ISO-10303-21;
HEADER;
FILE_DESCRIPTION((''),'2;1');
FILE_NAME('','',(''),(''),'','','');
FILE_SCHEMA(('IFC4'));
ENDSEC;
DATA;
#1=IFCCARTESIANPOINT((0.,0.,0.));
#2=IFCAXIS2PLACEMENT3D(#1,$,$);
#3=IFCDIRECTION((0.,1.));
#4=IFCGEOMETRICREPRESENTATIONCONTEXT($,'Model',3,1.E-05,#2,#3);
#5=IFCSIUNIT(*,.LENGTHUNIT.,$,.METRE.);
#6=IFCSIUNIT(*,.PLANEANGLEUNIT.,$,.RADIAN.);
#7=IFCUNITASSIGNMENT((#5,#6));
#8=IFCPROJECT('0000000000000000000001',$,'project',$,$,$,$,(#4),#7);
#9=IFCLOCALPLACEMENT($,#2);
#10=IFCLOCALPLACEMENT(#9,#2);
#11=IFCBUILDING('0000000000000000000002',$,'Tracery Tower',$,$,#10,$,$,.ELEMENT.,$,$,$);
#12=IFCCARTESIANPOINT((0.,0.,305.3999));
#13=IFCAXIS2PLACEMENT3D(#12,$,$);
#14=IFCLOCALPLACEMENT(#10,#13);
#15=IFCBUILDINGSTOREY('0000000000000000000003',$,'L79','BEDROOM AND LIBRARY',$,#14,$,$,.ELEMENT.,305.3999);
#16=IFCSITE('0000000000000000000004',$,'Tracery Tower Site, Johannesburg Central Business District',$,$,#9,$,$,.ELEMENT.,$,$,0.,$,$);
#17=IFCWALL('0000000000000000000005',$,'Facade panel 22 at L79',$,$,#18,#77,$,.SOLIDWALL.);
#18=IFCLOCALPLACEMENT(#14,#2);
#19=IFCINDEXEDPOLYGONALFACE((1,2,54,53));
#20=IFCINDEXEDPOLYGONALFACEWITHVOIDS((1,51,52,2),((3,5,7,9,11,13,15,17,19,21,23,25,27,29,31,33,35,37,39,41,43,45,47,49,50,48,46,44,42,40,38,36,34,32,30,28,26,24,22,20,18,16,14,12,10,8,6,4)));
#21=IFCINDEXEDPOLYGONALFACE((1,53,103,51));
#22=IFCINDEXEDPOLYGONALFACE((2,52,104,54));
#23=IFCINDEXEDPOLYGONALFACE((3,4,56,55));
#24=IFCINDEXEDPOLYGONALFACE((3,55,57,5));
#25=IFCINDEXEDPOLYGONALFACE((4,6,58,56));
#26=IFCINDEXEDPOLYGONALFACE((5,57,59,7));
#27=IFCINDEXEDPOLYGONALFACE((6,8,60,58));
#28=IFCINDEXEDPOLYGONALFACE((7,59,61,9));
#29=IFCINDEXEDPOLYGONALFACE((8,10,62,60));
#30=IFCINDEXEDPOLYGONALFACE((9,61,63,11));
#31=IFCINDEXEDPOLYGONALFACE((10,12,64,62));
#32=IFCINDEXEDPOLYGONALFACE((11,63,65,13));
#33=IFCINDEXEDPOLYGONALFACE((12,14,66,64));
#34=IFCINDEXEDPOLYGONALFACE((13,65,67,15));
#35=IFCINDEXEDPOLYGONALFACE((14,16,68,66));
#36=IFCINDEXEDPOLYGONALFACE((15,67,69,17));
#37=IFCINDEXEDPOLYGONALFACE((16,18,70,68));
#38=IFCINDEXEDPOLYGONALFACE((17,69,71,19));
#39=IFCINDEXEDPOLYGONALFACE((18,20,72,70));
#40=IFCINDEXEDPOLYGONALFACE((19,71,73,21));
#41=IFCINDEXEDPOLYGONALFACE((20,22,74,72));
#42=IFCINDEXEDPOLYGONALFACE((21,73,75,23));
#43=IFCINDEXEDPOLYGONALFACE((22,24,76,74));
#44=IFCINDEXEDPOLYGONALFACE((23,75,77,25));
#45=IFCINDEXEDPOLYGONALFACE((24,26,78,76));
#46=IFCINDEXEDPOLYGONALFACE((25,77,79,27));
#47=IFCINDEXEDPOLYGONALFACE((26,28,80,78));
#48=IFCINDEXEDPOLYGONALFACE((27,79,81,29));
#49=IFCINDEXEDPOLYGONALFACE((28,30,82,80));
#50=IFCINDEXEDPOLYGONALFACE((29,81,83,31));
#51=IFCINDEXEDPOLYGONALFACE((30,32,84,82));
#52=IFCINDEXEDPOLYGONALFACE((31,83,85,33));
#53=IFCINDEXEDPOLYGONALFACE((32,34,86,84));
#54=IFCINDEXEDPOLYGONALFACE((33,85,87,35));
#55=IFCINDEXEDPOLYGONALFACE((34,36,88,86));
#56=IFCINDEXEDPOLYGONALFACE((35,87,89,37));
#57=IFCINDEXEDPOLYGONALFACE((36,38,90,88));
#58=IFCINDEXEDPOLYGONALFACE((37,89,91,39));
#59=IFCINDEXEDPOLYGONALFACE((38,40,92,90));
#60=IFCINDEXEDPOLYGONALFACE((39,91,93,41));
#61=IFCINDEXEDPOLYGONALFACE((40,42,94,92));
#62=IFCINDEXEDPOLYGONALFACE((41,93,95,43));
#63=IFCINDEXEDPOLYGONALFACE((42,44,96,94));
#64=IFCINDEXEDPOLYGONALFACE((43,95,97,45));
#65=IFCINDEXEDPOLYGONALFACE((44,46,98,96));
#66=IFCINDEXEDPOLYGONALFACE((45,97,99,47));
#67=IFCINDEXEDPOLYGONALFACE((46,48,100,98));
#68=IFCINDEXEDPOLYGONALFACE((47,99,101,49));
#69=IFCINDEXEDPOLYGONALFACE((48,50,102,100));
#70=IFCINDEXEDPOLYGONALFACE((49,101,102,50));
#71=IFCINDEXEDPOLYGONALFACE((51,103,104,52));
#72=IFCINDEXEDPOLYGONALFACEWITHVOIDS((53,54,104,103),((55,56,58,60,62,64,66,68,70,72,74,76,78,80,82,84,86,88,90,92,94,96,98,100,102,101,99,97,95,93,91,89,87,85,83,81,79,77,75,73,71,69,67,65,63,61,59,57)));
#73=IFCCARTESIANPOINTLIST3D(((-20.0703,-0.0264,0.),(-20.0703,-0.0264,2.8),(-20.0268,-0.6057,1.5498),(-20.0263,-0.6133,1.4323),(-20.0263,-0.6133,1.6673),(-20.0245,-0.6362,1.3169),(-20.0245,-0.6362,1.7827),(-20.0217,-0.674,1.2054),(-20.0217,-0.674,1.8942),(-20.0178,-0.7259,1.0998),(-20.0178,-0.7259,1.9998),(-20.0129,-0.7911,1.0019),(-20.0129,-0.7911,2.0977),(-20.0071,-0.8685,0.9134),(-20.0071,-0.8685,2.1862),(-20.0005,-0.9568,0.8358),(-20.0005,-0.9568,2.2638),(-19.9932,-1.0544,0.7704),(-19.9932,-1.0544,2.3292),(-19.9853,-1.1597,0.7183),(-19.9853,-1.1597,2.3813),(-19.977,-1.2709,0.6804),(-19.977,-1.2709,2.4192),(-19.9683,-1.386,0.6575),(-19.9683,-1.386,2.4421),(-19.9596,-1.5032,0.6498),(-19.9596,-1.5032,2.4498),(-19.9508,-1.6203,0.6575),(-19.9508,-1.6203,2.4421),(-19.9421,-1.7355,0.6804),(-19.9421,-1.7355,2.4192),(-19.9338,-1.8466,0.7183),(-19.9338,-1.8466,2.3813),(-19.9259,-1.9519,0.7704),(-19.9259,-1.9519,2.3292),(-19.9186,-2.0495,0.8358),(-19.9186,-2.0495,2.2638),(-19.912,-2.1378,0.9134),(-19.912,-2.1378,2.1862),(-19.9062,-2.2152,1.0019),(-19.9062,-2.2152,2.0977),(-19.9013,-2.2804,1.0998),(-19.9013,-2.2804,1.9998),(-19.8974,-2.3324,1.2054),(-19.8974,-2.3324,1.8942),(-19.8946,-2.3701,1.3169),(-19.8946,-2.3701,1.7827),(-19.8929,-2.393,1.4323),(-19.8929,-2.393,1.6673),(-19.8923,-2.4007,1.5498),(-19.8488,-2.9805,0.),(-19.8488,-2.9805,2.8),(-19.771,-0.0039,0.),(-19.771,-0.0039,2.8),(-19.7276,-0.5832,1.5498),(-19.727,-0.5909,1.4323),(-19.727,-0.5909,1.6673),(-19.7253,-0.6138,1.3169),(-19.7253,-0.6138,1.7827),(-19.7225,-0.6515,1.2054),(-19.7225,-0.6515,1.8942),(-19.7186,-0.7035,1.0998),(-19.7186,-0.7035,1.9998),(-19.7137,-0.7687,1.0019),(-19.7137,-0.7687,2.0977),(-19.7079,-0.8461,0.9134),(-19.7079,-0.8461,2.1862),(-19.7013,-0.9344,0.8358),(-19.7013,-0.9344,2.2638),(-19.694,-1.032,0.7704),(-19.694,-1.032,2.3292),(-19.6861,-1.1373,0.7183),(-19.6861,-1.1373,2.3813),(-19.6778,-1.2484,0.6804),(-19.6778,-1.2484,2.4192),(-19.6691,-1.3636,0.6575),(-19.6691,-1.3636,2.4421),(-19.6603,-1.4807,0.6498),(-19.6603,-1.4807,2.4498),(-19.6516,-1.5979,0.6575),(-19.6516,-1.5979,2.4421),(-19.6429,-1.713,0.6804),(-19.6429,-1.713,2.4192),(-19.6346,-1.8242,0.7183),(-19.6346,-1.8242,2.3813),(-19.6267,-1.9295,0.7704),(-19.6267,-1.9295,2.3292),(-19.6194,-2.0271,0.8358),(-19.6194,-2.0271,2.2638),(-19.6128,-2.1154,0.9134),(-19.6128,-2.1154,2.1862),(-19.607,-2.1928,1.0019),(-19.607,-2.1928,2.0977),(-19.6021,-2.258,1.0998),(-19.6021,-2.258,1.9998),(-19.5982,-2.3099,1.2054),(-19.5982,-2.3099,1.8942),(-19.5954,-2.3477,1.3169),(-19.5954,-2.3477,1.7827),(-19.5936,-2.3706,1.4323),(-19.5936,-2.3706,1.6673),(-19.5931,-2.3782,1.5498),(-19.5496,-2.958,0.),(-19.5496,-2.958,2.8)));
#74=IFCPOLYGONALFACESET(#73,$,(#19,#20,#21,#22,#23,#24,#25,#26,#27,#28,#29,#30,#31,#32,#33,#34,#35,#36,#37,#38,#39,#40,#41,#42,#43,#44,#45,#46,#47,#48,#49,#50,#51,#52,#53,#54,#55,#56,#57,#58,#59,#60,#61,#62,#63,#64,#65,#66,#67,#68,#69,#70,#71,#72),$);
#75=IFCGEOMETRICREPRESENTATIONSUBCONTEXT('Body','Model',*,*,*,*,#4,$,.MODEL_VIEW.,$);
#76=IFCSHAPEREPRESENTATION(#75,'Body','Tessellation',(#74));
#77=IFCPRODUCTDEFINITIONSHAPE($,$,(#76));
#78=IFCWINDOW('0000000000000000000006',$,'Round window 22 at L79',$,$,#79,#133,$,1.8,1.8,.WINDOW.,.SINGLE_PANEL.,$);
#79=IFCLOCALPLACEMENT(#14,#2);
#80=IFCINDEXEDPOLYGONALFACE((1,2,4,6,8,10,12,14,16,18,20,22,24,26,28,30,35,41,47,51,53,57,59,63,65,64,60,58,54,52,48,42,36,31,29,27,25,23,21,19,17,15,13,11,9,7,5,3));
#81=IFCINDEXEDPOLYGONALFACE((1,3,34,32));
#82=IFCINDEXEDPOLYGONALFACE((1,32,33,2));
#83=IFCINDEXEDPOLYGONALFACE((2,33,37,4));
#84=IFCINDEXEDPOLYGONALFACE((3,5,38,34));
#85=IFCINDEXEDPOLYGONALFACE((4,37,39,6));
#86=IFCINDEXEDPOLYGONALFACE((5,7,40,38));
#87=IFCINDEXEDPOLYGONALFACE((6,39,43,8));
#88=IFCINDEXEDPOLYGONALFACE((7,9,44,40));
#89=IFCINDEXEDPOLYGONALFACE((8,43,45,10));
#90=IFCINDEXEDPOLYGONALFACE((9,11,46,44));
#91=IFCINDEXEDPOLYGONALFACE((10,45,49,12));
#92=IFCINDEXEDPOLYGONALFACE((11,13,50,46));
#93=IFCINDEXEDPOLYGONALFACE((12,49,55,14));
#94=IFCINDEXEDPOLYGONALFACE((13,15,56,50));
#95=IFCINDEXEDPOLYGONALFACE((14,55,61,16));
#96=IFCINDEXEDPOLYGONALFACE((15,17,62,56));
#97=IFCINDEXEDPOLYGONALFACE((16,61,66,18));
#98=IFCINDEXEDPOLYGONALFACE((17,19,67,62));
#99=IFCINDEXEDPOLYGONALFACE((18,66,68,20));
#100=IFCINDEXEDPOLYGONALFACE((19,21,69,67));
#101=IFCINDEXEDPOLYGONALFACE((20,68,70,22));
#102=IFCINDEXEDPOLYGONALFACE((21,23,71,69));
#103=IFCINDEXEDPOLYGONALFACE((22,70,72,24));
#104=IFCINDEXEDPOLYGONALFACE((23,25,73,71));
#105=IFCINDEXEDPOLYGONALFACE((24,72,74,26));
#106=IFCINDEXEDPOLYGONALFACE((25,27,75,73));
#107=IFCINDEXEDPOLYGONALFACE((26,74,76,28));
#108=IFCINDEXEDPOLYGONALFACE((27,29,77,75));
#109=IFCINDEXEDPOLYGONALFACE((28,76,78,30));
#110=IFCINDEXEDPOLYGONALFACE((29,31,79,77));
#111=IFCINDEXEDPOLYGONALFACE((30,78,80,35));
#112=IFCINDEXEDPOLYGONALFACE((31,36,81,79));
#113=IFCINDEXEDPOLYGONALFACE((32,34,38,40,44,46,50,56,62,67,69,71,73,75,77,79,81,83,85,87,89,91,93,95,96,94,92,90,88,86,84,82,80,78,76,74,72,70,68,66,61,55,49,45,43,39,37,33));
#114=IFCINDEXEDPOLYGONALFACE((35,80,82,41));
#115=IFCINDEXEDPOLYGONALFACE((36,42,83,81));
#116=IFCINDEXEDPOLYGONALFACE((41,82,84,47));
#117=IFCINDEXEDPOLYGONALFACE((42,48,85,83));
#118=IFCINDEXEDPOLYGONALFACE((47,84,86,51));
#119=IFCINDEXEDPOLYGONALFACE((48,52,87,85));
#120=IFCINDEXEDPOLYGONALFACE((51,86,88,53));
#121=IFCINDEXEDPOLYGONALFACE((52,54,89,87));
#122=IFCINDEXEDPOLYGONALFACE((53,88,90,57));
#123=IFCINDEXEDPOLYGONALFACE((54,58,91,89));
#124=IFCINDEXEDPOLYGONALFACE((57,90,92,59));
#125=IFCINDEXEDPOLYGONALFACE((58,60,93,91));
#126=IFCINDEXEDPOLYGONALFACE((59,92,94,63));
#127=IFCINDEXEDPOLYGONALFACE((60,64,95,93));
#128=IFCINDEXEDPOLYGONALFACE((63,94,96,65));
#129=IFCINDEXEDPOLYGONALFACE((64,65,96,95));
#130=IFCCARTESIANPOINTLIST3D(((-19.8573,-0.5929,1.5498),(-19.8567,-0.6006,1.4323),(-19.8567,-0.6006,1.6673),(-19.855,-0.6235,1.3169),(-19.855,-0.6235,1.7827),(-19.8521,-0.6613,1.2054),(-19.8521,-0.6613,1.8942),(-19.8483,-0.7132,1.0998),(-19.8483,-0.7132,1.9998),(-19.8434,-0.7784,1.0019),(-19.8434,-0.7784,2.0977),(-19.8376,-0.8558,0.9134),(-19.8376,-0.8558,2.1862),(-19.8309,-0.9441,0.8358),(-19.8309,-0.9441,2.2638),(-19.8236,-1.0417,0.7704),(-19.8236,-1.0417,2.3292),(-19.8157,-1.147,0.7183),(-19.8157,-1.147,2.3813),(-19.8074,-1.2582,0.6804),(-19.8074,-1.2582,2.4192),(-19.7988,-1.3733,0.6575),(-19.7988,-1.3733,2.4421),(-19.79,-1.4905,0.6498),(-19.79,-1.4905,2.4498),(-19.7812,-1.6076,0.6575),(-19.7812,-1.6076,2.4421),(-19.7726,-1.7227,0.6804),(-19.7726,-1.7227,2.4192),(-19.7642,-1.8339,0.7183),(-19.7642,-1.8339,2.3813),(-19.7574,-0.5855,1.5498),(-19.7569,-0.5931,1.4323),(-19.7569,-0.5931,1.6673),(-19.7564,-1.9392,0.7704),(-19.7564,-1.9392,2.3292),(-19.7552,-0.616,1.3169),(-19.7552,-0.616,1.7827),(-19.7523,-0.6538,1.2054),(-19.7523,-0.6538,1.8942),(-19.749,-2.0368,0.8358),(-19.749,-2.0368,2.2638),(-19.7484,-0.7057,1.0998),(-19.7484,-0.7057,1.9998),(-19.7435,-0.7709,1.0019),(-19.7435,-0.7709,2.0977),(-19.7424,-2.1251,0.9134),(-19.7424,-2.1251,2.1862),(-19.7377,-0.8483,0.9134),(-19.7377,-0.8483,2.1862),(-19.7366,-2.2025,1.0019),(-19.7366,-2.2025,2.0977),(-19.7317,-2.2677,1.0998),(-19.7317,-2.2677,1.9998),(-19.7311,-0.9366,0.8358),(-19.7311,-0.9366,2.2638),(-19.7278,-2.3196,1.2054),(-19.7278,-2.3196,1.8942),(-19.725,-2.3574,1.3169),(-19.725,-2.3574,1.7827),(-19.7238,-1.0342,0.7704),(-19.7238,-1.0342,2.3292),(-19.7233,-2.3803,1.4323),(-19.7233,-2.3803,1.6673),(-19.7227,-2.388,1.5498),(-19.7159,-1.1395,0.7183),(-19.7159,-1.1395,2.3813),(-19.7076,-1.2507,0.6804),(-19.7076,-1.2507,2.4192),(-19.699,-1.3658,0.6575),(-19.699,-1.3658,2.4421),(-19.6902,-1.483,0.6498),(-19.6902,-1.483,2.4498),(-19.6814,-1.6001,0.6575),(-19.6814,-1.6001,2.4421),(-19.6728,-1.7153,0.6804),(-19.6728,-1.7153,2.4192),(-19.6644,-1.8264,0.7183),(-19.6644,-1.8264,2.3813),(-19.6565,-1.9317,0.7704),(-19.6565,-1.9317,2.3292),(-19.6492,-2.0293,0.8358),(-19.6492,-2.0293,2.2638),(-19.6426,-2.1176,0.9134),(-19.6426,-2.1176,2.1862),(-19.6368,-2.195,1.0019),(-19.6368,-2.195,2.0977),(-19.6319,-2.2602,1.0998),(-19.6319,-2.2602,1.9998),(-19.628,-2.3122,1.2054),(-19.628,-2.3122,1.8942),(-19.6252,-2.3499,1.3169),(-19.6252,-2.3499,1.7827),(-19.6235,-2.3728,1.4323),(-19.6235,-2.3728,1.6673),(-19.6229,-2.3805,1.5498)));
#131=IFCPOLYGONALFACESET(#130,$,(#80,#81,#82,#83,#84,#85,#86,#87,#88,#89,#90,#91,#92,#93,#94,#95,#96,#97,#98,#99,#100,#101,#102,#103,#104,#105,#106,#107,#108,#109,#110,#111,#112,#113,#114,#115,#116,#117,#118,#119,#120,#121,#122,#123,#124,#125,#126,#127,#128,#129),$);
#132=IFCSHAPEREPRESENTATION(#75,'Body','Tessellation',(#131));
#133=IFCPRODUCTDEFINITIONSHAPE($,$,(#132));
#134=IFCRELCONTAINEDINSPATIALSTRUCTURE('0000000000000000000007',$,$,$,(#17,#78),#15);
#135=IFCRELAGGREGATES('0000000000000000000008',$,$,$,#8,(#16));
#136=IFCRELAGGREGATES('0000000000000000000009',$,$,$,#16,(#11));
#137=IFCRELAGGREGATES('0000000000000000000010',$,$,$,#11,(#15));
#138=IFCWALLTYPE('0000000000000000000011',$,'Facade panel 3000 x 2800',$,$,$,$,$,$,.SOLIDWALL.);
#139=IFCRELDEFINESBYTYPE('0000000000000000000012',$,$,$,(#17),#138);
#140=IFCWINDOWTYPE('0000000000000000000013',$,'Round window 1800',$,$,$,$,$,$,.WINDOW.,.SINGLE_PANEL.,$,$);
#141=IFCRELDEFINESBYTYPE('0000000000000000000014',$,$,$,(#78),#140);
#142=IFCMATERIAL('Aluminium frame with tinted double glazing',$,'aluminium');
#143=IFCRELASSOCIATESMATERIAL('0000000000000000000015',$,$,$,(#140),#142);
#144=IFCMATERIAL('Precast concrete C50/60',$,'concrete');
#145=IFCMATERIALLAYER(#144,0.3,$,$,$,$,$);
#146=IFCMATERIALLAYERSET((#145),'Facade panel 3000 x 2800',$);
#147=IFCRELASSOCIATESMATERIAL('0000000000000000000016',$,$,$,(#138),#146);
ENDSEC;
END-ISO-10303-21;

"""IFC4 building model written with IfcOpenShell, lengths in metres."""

from ifc_helpers import new_model, si_unit, direction, frame, frame_2d, origin, origin_2d, place, context, subcontext, project, spatial, rectangle, circle, extrude, material, layer, layer_set, type_object, element, fill, save


model = new_model("IFC4")

# Units and contexts
model_context = context("Model", 3, precision=1e-05, world=origin(), true_north=direction((0.0, 1.0)))
body_context = subcontext(model_context, "Body", "Model", "MODEL_VIEW")
ifc_project = project(units=[si_unit("LENGTHUNIT", "METRE"), si_unit("PLANEANGLEUNIT", "RADIAN")], contexts=[model_context])

# Site, building, storey
site_placement = place(None, origin())
site = spatial("IfcSite", under=ifc_project, at=site_placement, Name="Tracery Tower Site, Johannesburg Central Business District", CompositionType="ELEMENT", RefElevation=0.0)
building_placement = place(site_placement, origin())
building = spatial("IfcBuilding", under=site, at=building_placement, Name="Tracery Tower", CompositionType="ELEMENT")
storey_placement = place(building_placement, frame((0.0, 0.0, 305.3999)))
storey = spatial("IfcBuildingStorey", under=building, at=storey_placement, Name="L79", Description="BEDROOM AND LIBRARY", CompositionType="ELEMENT", Elevation=305.3999)

# Wall, opening, window
ifc_material_1 = material(Name="Aluminium frame with tinted double glazing", Category="aluminium")
window_type = type_object("IfcWindowType", Name="Round window 1800", PartitioningType="SINGLE_PANEL", PredefinedType="WINDOW", material=ifc_material_1)
ifc_material_2 = material(Name="Precast concrete C50/60", Category="concrete")
ifc_layer_1 = layer(ifc_material_2, 0.3)
ifc_layer_set_1 = layer_set([ifc_layer_1], Name="Facade panel 3000 x 2800")
wall_type_1 = type_object("IfcWallType", Name="Facade panel 3000 x 2800", PredefinedType="SOLIDWALL", material=ifc_layer_set_1)
wall_1_placement = place(storey_placement, frame((-19.9207, -0.0151, 0.0), z_axis=(0.0, 0.0, 1.0), x_axis=(0.074749, -0.997202, 0.0)))
wall_1 = element("IfcWall", 1, at=wall_1_placement, inside=storey, type_object=wall_type_1, Name="Facade panel 22 at L79", PredefinedType="SOLIDWALL", context=body_context, shape_type="SweptSolid", body=[
    extrude(rectangle(XDim=2.9624, YDim=0.3, at=frame_2d((1.4812, 0.0))), origin(), (0.0, 0.0, 1.0), 2.8),
])
opening_1_placement = place(wall_1_placement, frame((1.481, 0.0, 1.5498)))
opening_1 = element("IfcOpeningElement", 2, at=opening_1_placement, cuts=wall_1, PredefinedType="OPENING", context=body_context, shape_type="SweptSolid", body=[
    extrude(circle(Radius=0.9, at=origin_2d()), frame((0.0, 0.1599, 0.0), z_axis=(0.0, -1.0, 0.0), x_axis=(1.0, 0.0, 0.0)), (0.0, 0.0, 1.0), 0.3201),
])
window_1_placement = place(opening_1_placement, origin())
window_1 = element("IfcWindow", 3, at=window_1_placement, inside=storey, type_object=window_type, Name="Round window 22 at L79", OverallHeight=1.8, OverallWidth=1.8, PartitioningType="SINGLE_PANEL", PredefinedType="WINDOW", context=body_context, shape_type="SweptSolid", body=[
    extrude(circle(Radius=0.9, at=origin_2d()), frame((0.0, 0.1201, 0.0), z_axis=(0.0, -1.0, 0.0), x_axis=(1.0, 0.0, 0.0)), (0.0, 0.0, 1.0), 0.1001),
])
fill(opening_1, window_1)

save(model, "model.ifc")
